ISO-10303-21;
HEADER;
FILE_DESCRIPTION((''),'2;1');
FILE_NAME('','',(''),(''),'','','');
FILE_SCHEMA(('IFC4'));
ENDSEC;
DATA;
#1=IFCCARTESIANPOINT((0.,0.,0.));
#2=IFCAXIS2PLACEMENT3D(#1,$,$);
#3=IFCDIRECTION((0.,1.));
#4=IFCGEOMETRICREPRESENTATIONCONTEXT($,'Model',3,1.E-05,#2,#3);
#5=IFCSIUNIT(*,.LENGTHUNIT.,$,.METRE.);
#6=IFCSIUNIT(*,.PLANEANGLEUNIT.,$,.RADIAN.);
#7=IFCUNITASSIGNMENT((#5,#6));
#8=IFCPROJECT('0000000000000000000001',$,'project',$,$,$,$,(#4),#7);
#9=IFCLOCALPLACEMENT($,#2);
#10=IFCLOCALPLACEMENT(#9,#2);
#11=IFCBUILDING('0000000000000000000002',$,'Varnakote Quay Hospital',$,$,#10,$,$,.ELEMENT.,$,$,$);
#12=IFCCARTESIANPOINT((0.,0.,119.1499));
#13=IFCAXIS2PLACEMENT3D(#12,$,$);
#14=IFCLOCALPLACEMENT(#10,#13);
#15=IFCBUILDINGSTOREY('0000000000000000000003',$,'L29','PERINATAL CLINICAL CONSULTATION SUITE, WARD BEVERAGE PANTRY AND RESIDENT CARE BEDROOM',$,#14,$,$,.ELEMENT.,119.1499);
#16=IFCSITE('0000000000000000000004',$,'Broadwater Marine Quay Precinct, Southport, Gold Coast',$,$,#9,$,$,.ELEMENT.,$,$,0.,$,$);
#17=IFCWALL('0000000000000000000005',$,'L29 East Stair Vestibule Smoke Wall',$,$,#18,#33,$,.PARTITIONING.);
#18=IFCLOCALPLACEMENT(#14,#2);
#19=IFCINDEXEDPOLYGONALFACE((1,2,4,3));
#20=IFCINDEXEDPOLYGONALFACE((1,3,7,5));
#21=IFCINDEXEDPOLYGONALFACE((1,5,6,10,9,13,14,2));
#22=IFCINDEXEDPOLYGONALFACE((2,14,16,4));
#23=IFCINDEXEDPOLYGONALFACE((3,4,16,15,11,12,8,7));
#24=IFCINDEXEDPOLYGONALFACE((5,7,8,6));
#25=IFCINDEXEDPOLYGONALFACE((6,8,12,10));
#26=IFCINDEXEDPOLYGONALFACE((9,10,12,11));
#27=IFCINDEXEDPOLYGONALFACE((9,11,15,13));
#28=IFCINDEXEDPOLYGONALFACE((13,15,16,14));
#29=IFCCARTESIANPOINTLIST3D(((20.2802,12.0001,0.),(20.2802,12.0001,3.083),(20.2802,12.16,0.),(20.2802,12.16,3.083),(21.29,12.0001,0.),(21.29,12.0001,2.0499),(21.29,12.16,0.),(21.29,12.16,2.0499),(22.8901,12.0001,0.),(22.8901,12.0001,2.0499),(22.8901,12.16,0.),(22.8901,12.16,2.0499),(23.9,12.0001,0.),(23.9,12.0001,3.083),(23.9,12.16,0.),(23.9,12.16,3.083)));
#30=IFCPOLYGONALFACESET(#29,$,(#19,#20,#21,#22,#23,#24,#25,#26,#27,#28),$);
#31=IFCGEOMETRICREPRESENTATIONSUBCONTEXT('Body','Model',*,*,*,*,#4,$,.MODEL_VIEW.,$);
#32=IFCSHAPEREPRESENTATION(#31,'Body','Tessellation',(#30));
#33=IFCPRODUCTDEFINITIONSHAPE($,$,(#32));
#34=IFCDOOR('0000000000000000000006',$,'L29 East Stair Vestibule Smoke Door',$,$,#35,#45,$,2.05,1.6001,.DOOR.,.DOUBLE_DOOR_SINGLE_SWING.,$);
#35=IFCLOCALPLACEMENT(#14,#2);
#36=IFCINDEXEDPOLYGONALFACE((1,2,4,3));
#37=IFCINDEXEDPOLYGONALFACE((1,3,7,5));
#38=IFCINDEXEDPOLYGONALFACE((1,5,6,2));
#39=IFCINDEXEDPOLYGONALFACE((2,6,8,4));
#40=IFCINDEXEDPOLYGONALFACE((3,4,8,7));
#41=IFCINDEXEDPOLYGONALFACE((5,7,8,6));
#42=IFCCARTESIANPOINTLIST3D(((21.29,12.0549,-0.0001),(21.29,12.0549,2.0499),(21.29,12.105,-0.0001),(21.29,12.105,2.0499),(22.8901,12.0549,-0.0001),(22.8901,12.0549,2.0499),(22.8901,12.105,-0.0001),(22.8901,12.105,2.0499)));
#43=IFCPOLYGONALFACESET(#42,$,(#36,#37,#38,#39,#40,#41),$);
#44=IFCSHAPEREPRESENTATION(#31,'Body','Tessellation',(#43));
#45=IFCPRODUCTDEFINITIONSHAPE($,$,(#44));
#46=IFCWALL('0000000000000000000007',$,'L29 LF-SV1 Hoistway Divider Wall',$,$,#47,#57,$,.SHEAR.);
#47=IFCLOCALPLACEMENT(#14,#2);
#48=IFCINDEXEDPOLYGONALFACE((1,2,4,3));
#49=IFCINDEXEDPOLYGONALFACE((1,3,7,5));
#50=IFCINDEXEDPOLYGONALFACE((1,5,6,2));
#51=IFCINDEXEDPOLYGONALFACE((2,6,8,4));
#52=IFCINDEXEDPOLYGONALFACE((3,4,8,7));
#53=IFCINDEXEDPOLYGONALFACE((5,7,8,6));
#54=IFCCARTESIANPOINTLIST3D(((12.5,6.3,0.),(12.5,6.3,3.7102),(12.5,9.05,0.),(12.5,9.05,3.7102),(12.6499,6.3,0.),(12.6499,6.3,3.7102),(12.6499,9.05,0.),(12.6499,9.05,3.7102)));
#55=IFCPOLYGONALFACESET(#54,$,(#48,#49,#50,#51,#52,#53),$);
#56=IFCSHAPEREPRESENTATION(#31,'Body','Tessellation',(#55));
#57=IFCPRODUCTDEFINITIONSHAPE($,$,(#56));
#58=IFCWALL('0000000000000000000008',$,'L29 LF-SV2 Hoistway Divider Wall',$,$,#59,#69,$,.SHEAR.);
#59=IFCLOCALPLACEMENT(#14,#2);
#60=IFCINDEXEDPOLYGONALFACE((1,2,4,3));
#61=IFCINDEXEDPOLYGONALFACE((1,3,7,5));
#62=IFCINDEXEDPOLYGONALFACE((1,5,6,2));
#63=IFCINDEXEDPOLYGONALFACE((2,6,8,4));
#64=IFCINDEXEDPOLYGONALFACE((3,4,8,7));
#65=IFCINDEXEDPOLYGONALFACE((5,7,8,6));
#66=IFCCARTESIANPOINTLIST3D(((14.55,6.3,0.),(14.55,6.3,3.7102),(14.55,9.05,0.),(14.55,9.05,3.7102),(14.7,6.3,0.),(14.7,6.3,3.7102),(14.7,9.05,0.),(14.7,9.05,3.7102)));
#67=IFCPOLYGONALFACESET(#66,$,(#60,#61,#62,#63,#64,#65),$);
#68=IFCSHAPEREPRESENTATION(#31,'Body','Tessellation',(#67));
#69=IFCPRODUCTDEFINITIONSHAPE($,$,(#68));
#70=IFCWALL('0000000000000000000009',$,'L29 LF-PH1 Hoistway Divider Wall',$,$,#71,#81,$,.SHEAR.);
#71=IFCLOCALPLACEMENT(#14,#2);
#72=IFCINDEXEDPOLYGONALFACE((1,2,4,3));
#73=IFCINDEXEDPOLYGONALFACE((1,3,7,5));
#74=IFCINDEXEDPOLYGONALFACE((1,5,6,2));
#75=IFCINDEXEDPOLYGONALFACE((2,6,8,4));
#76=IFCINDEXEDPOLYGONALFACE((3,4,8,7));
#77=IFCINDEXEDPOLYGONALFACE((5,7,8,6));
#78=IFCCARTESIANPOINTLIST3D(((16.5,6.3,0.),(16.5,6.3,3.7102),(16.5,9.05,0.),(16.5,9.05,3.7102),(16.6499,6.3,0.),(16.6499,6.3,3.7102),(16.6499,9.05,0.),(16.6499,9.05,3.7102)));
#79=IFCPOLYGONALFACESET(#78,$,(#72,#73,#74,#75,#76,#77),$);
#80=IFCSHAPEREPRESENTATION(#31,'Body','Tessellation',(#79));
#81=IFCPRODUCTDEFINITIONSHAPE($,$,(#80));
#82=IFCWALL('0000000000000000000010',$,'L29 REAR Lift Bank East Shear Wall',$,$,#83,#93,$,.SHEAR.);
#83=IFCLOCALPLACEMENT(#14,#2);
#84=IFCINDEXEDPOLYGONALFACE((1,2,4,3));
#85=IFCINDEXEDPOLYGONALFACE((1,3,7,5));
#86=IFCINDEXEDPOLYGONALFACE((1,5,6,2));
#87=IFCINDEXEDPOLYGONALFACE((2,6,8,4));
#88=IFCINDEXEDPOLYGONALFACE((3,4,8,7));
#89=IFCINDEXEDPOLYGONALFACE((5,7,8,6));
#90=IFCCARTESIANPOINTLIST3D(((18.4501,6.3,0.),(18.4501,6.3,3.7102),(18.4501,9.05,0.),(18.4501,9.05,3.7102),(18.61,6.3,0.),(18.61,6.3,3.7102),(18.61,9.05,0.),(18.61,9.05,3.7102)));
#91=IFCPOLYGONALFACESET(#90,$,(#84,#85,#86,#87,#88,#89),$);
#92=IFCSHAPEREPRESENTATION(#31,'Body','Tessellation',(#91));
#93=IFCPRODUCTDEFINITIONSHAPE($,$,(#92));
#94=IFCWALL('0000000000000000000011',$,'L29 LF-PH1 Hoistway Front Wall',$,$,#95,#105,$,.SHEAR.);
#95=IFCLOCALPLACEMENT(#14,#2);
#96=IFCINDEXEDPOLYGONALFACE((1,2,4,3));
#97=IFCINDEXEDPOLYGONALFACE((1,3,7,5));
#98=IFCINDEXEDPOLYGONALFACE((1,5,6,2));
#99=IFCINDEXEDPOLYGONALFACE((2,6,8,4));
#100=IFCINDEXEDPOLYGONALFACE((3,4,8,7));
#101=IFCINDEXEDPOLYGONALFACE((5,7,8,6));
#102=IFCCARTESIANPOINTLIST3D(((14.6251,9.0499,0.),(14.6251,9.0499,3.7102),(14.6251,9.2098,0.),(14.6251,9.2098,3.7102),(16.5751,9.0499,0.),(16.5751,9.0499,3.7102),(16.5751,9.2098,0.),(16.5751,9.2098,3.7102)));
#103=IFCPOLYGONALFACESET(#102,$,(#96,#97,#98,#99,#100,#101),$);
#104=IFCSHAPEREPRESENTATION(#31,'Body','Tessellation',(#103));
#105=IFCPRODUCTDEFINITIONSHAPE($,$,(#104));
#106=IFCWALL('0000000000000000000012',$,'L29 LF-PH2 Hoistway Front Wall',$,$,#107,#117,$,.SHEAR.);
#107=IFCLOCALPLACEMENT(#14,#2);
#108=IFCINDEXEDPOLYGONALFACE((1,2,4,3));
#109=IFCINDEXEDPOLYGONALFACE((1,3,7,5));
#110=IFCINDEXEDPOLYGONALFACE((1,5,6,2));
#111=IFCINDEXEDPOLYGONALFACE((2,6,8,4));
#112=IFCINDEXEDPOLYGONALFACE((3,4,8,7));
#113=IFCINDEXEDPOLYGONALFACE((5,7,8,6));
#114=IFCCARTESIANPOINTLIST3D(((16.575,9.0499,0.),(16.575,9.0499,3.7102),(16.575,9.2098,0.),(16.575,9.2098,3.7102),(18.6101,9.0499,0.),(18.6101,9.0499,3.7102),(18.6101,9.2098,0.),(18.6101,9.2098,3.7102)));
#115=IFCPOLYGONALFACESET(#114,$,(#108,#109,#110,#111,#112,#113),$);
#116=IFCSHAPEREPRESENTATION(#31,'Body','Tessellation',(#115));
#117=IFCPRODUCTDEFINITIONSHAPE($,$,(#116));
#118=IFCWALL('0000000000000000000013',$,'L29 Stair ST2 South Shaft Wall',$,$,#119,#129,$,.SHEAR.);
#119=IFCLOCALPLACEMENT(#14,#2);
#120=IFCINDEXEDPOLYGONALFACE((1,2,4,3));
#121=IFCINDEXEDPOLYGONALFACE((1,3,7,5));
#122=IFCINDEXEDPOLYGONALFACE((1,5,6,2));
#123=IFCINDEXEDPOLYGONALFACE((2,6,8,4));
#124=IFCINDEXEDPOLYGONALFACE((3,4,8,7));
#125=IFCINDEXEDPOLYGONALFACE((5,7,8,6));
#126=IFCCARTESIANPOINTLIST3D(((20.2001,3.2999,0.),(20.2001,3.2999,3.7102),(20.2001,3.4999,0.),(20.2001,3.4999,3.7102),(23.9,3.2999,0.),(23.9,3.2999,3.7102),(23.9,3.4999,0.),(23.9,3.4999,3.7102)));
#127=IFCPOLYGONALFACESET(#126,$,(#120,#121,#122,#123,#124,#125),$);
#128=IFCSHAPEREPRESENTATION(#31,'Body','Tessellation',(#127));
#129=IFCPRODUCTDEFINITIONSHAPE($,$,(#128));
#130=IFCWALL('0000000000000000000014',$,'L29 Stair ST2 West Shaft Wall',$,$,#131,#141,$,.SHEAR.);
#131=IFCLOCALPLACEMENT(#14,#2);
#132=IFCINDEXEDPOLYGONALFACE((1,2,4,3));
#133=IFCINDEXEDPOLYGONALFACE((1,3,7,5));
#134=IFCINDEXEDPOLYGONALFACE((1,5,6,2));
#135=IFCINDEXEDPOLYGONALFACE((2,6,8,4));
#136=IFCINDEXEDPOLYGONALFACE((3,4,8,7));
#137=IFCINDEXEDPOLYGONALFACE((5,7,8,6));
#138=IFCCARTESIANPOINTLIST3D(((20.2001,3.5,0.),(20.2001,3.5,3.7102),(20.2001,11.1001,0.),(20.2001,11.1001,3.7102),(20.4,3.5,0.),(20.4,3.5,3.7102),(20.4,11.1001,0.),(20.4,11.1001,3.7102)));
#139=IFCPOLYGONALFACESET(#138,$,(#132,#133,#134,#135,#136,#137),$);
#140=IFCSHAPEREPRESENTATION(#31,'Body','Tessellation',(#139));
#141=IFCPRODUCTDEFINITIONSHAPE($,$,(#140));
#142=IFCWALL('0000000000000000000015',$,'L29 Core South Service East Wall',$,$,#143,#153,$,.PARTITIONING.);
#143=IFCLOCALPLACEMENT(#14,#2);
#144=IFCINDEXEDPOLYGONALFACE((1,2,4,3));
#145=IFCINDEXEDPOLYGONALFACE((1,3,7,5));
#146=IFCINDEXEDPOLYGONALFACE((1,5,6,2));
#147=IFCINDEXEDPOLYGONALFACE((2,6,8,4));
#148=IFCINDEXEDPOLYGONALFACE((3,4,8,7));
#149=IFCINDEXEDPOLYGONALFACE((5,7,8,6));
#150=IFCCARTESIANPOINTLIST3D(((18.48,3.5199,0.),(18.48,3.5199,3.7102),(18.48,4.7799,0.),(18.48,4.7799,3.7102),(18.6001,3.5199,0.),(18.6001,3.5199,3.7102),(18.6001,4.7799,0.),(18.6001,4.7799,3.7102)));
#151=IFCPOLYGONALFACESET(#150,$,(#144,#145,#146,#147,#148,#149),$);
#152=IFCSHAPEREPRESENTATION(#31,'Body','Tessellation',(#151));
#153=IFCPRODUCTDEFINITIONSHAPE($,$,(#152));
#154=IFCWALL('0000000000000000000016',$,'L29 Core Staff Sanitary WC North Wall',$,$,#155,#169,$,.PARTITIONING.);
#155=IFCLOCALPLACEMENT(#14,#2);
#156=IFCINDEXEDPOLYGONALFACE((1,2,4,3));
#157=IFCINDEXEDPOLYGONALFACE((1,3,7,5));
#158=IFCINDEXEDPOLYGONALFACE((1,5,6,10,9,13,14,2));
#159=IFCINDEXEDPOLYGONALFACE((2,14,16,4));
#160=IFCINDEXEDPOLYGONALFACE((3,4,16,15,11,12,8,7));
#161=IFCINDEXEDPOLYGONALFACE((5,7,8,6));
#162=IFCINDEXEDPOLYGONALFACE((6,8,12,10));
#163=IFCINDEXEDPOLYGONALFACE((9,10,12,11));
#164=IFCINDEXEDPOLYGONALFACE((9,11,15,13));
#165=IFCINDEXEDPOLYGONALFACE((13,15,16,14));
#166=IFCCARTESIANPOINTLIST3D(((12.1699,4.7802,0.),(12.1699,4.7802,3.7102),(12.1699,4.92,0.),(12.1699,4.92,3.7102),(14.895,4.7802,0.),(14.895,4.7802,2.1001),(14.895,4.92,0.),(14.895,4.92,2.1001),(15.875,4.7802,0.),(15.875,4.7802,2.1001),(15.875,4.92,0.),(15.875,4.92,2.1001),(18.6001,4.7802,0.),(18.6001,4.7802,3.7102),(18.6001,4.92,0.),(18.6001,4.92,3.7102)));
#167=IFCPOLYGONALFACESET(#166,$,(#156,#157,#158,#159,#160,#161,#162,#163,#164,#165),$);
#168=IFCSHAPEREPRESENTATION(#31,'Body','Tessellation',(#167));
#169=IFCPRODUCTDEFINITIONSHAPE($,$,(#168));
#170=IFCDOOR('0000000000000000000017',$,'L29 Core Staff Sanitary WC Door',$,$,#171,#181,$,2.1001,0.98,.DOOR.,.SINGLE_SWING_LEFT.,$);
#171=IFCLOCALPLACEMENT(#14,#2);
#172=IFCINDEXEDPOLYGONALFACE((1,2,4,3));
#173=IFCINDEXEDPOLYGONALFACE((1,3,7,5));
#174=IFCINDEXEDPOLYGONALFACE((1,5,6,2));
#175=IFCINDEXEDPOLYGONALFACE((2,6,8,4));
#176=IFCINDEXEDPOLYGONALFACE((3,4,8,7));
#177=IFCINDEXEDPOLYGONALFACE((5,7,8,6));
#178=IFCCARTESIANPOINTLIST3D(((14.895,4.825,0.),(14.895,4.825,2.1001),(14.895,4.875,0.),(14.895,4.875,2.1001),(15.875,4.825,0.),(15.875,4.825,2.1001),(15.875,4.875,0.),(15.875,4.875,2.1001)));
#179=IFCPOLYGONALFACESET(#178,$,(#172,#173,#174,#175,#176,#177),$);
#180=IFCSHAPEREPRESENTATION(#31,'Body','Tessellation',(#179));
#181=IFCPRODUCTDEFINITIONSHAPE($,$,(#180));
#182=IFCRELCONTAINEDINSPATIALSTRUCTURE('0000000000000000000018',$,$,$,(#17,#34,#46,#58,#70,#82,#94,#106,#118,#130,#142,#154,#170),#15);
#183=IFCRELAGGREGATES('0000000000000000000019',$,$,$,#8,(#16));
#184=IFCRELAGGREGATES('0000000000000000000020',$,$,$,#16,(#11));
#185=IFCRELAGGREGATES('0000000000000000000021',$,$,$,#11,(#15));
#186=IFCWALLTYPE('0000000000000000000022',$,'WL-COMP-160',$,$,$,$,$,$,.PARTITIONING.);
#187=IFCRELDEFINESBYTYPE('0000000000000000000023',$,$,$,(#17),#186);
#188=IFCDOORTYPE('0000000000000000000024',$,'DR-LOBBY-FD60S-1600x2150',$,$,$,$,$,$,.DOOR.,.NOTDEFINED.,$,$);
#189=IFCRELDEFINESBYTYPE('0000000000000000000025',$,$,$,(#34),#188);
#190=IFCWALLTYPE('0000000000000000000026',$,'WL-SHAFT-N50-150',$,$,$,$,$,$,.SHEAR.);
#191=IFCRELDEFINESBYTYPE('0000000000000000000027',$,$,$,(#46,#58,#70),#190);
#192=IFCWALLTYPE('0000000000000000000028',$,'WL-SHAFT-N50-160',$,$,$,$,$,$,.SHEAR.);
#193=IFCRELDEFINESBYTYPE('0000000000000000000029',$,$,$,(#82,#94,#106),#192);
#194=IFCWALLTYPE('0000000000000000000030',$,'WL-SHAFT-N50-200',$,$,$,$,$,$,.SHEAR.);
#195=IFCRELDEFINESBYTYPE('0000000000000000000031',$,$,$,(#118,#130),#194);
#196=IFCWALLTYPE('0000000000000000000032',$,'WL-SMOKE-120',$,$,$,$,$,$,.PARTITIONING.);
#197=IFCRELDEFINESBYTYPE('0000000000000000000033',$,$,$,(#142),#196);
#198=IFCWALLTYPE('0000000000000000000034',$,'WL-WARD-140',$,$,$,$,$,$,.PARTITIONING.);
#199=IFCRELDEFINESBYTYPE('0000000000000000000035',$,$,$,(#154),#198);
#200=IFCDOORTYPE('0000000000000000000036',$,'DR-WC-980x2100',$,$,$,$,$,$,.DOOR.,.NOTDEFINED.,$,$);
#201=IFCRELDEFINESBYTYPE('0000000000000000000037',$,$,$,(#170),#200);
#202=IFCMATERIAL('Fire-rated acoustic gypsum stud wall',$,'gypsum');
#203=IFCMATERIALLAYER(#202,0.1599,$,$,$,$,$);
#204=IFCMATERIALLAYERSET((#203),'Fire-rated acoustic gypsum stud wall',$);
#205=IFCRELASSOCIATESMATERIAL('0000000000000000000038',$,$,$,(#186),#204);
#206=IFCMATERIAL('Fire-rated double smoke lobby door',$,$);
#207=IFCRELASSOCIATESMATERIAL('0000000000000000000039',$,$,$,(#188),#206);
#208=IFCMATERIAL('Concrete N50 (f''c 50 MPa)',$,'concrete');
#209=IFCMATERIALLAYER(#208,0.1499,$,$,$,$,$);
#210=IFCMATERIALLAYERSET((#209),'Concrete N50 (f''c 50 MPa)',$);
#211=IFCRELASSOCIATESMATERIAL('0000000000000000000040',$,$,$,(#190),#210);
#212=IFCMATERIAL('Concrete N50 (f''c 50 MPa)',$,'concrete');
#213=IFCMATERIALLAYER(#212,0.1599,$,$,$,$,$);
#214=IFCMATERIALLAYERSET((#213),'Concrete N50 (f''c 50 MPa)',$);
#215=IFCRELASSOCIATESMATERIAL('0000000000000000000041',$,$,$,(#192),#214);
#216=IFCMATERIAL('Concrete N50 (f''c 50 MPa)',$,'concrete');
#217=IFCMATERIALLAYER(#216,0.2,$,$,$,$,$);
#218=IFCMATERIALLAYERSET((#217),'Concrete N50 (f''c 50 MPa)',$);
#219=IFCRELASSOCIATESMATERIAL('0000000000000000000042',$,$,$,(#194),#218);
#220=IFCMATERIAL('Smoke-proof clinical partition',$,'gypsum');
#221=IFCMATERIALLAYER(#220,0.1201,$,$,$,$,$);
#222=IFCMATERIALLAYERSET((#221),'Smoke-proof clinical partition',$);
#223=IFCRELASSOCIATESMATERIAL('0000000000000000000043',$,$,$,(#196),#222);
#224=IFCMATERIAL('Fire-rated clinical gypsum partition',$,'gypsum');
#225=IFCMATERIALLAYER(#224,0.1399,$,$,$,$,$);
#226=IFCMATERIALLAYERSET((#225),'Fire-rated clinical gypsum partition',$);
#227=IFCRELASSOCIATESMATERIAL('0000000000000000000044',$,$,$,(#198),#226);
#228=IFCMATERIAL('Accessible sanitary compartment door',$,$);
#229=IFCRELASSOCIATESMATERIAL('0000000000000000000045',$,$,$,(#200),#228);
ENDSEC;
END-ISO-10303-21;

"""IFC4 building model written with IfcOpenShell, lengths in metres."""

from ifc_helpers import new_model, si_unit, direction, frame, frame_2d, origin, place, context, subcontext, project, spatial, rectangle, extrude, material, layer, layer_set, type_object, element, fill, save


model = new_model("IFC4")

# Units and contexts
model_context = context("Model", 3, precision=1e-05, world=origin(), true_north=direction((0.0, 1.0)))
body_context = subcontext(model_context, "Body", "Model", "MODEL_VIEW")
ifc_project = project(units=[si_unit("LENGTHUNIT", "METRE"), si_unit("PLANEANGLEUNIT", "RADIAN")], contexts=[model_context])

# Site, building, storey
site_placement = place(None, origin())
site = spatial("IfcSite", under=ifc_project, at=site_placement, Name="Broadwater Marine Quay Precinct, Southport, Gold Coast", CompositionType="ELEMENT", RefElevation=0.0)
building_placement = place(site_placement, origin())
building = spatial("IfcBuilding", under=site, at=building_placement, Name="Varnakote Quay Hospital", CompositionType="ELEMENT")
storey_placement = place(building_placement, frame((0.0, 0.0, 119.1499)))
storey = spatial("IfcBuildingStorey", under=building, at=storey_placement, Name="L29", Description="PERINATAL CLINICAL CONSULTATION SUITE, WARD BEVERAGE PANTRY AND RESIDENT CARE BEDROOM", CompositionType="ELEMENT", Elevation=119.1499)

# Shared definitions
ifc_material_1 = material(Name="Fire-rated acoustic gypsum stud wall", Category="gypsum")
ifc_layer_1 = layer(ifc_material_1, 0.1599)
ifc_layer_set_1 = layer_set([ifc_layer_1], Name="Fire-rated acoustic gypsum stud wall")
wall_type_1 = type_object("IfcWallType", Name="WL-COMP-160", PredefinedType="PARTITIONING", material=ifc_layer_set_1)

# Shared definitions
ifc_material_2 = material(Name="Fire-rated double smoke lobby door")
door_type_1 = type_object("IfcDoorType", Name="DR-LOBBY-FD60S-1600x2150", OperationType="NOTDEFINED", PredefinedType="DOOR", material=ifc_material_2)

# Wall, opening, door
wall_1_placement = place(storey_placement, frame((20.28, 12.0801, 0.0), z_axis=(0.0, 0.0, 1.0), x_axis=(1.0, 0.0, 0.0)))
wall_1 = element("IfcWall", 1, at=wall_1_placement, inside=storey, type_object=wall_type_1, Name="L29 East Stair Vestibule Smoke Wall", PredefinedType="PARTITIONING", context=body_context, shape_type="SweptSolid", body=[
    extrude(rectangle(XDim=3.6199, YDim=0.1599, at=frame_2d((1.8101, 0.0))), origin(), (0.0, 0.0, 1.0), 3.083),
])
opening_1_placement = place(wall_1_placement, frame((1.01, 0.0, 0.0)))
opening_1 = element("IfcOpeningElement", 2, at=opening_1_placement, cuts=wall_1, PredefinedType="OPENING", context=body_context, shape_type="SweptSolid", body=[
    extrude(rectangle(XDim=1.6001, YDim=2.05, at=frame_2d((0.8, 1.0249))), frame((0.0, 0.0898, 0.0), z_axis=(0.0, -1.0, 0.0), x_axis=(1.0, 0.0, 0.0)), (0.0, 0.0, 1.0), 0.1799),
])
door_1_placement = place(opening_1_placement, origin())
door_1 = element("IfcDoor", 3, at=door_1_placement, inside=storey, type_object=door_type_1, Name="L29 East Stair Vestibule Smoke Door", OperationType="DOUBLE_DOOR_SINGLE_SWING", OverallHeight=2.05, OverallWidth=1.6001, PredefinedType="DOOR", context=body_context, shape_type="SweptSolid", body=[
    extrude(rectangle(XDim=1.6001, YDim=2.05, at=frame_2d((0.8, 1.0249))), frame((0.0, 0.0249, 0.0), z_axis=(0.0, -1.0, 0.0), x_axis=(1.0, 0.0, 0.0)), (0.0, 0.0, 1.0), 0.05),
])
fill(opening_1, door_1)

# Walls
ifc_material_3 = material(Name="Concrete N50 (f'c 50 MPa)", Category="concrete")
ifc_layer_2 = layer(ifc_material_3, 0.1499)
ifc_layer_set_2 = layer_set([ifc_layer_2], Name="Concrete N50 (f'c 50 MPa)")
wall_type_2 = type_object("IfcWallType", Name="WL-SHAFT-N50-150", PredefinedType="SHEAR", material=ifc_layer_set_2)
for number, where, z_axis, x_axis, name in (
    (4, (12.575, 6.3, 0.0), (0.0, 0.0, 1.0), (0.0, 1.0, 0.0), "L29 LF-SV1 Hoistway Divider Wall"),
    (5, (14.625, 6.3, 0.0), (0.0, 0.0, 1.0), (0.0, 1.0, 0.0), "L29 LF-SV2 Hoistway Divider Wall"),
    (6, (16.575, 6.3, 0.0), (0.0, 0.0, 1.0), (0.0, 1.0, 0.0), "L29 LF-PH1 Hoistway Divider Wall"),
):
    element("IfcWall", number, at=place(storey_placement, frame(where, z_axis=z_axis, x_axis=x_axis)), inside=storey, type_object=wall_type_2, Name=name, PredefinedType="SHEAR", context=body_context, shape_type="SweptSolid", body=[
        extrude(rectangle(XDim=2.75, YDim=0.1499, at=frame_2d((1.375, 0.0))), origin(), (0.0, 0.0, 1.0), 3.7102),
    ])
ifc_material_4 = material(Name="Concrete N50 (f'c 50 MPa)", Category="concrete")
ifc_layer_3 = layer(ifc_material_4, 0.1599)
ifc_layer_set_3 = layer_set([ifc_layer_3], Name="Concrete N50 (f'c 50 MPa)")
wall_type_3 = type_object("IfcWallType", Name="WL-SHAFT-N50-160", PredefinedType="SHEAR", material=ifc_layer_set_3)
wall_2_placement = place(storey_placement, frame((18.53, 6.3, 0.0), z_axis=(0.0, 0.0, 1.0), x_axis=(0.0, 1.0, 0.0)))
element("IfcWall", 7, at=wall_2_placement, inside=storey, type_object=wall_type_3, Name="L29 REAR Lift Bank East Shear Wall", PredefinedType="SHEAR", context=body_context, shape_type="SweptSolid", body=[
    extrude(rectangle(XDim=2.75, YDim=0.1599, at=frame_2d((1.375, 0.0))), origin(), (0.0, 0.0, 1.0), 3.7102),
])

# Walls
wall_3_placement = place(storey_placement, frame((14.625, 9.1299, 0.0), z_axis=(0.0, 0.0, 1.0), x_axis=(1.0, 0.0, 0.0)))
element("IfcWall", 8, at=wall_3_placement, inside=storey, type_object=wall_type_3, Name="L29 LF-PH1 Hoistway Front Wall", PredefinedType="SHEAR", context=body_context, shape_type="SweptSolid", body=[
    extrude(rectangle(XDim=1.95, YDim=0.1599, at=frame_2d((0.9751, 0.0))), origin(), (0.0, 0.0, 1.0), 3.7102),
])
wall_4_placement = place(storey_placement, frame((16.575, 9.1299, 0.0), z_axis=(0.0, 0.0, 1.0), x_axis=(1.0, 0.0, 0.0)))
element("IfcWall", 9, at=wall_4_placement, inside=storey, type_object=wall_type_3, Name="L29 LF-PH2 Hoistway Front Wall", PredefinedType="SHEAR", context=body_context, shape_type="SweptSolid", body=[
    extrude(rectangle(XDim=2.0352, YDim=0.1599, at=frame_2d((1.0176, 0.0))), origin(), (0.0, 0.0, 1.0), 3.7102),
])
ifc_material_5 = material(Name="Concrete N50 (f'c 50 MPa)", Category="concrete")
ifc_layer_4 = layer(ifc_material_5, 0.2)
ifc_layer_set_4 = layer_set([ifc_layer_4], Name="Concrete N50 (f'c 50 MPa)")
wall_type_4 = type_object("IfcWallType", Name="WL-SHAFT-N50-200", PredefinedType="SHEAR", material=ifc_layer_set_4)
wall_5_placement = place(storey_placement, frame((20.2, 3.3999, 0.0), z_axis=(0.0, 0.0, 1.0), x_axis=(1.0, 0.0, 0.0)))
element("IfcWall", 10, at=wall_5_placement, inside=storey, type_object=wall_type_4, Name="L29 Stair ST2 South Shaft Wall", PredefinedType="SHEAR", context=body_context, shape_type="SweptSolid", body=[
    extrude(rectangle(XDim=3.7, YDim=0.2, at=frame_2d((1.8501, 0.0))), origin(), (0.0, 0.0, 1.0), 3.7102),
])
wall_6_placement = place(storey_placement, frame((20.3, 3.5, 0.0), z_axis=(0.0, 0.0, 1.0), x_axis=(0.0, 1.0, 0.0)))
element("IfcWall", 11, at=wall_6_placement, inside=storey, type_object=wall_type_4, Name="L29 Stair ST2 West Shaft Wall", PredefinedType="SHEAR", context=body_context, shape_type="SweptSolid", body=[
    extrude(rectangle(XDim=7.6001, YDim=0.2, at=frame_2d((3.8, 0.0))), origin(), (0.0, 0.0, 1.0), 3.7102),
])

# Wall
ifc_material_6 = material(Name="Smoke-proof clinical partition", Category="gypsum")
ifc_layer_5 = layer(ifc_material_6, 0.1201)
ifc_layer_set_5 = layer_set([ifc_layer_5], Name="Smoke-proof clinical partition")
wall_type_5 = type_object("IfcWallType", Name="WL-SMOKE-120", PredefinedType="PARTITIONING", material=ifc_layer_set_5)
wall_7_placement = place(storey_placement, frame((18.54, 3.52, 0.0), z_axis=(0.0, 0.0, 1.0), x_axis=(0.0, 1.0, 0.0)))
element("IfcWall", 12, at=wall_7_placement, inside=storey, type_object=wall_type_5, Name="L29 Core South Service East Wall", PredefinedType="PARTITIONING", context=body_context, shape_type="SweptSolid", body=[
    extrude(rectangle(XDim=1.26, YDim=0.1201, at=frame_2d((0.6299, 0.0))), origin(), (0.0, 0.0, 1.0), 3.7102),
])

# Wall, opening, door
ifc_material_7 = material(Name="Fire-rated clinical gypsum partition", Category="gypsum")
ifc_layer_6 = layer(ifc_material_7, 0.1399)
ifc_layer_set_6 = layer_set([ifc_layer_6], Name="Fire-rated clinical gypsum partition")
wall_type_6 = type_object("IfcWallType", Name="WL-WARD-140", PredefinedType="PARTITIONING", material=ifc_layer_set_6)
wall_8_placement = place(storey_placement, frame((12.1699, 4.8501, 0.0), z_axis=(0.0, 0.0, 1.0), x_axis=(1.0, 0.0, 0.0)))
wall_8 = element("IfcWall", 13, at=wall_8_placement, inside=storey, type_object=wall_type_6, Name="L29 Core Staff Sanitary WC North Wall", PredefinedType="PARTITIONING", context=body_context, shape_type="SweptSolid", body=[
    extrude(rectangle(XDim=6.4302, YDim=0.1399, at=frame_2d((3.2151, 0.0))), origin(), (0.0, 0.0, 1.0), 3.7102),
])
opening_2_placement = place(wall_8_placement, frame((2.7251, 0.0, 0.0)))
opening_2 = element("IfcOpeningElement", 14, at=opening_2_placement, cuts=wall_8, PredefinedType="OPENING", context=body_context, shape_type="SweptSolid", body=[
    extrude(rectangle(XDim=0.98, YDim=2.1001, at=frame_2d((0.49, 1.05))), frame((0.0, 0.0798, 0.0), z_axis=(0.0, -1.0, 0.0), x_axis=(1.0, 0.0, 0.0)), (0.0, 0.0, 1.0), 0.1599),
])
ifc_material_8 = material(Name="Accessible sanitary compartment door")
door_type_2 = type_object("IfcDoorType", Name="DR-WC-980x2100", OperationType="NOTDEFINED", PredefinedType="DOOR", material=ifc_material_8)
door_2_placement = place(opening_2_placement, origin())
door_2 = element("IfcDoor", 15, at=door_2_placement, inside=storey, type_object=door_type_2, Name="L29 Core Staff Sanitary WC Door", OperationType="SINGLE_SWING_LEFT", OverallHeight=2.1001, OverallWidth=0.98, PredefinedType="DOOR", context=body_context, shape_type="SweptSolid", body=[
    extrude(rectangle(XDim=0.98, YDim=2.1001, at=frame_2d((0.49, 1.05))), frame((0.0, 0.0249, 0.0), z_axis=(0.0, -1.0, 0.0), x_axis=(1.0, 0.0, 0.0)), (0.0, 0.0, 1.0), 0.05),
])
fill(opening_2, door_2)

save(model, "model.ifc")
